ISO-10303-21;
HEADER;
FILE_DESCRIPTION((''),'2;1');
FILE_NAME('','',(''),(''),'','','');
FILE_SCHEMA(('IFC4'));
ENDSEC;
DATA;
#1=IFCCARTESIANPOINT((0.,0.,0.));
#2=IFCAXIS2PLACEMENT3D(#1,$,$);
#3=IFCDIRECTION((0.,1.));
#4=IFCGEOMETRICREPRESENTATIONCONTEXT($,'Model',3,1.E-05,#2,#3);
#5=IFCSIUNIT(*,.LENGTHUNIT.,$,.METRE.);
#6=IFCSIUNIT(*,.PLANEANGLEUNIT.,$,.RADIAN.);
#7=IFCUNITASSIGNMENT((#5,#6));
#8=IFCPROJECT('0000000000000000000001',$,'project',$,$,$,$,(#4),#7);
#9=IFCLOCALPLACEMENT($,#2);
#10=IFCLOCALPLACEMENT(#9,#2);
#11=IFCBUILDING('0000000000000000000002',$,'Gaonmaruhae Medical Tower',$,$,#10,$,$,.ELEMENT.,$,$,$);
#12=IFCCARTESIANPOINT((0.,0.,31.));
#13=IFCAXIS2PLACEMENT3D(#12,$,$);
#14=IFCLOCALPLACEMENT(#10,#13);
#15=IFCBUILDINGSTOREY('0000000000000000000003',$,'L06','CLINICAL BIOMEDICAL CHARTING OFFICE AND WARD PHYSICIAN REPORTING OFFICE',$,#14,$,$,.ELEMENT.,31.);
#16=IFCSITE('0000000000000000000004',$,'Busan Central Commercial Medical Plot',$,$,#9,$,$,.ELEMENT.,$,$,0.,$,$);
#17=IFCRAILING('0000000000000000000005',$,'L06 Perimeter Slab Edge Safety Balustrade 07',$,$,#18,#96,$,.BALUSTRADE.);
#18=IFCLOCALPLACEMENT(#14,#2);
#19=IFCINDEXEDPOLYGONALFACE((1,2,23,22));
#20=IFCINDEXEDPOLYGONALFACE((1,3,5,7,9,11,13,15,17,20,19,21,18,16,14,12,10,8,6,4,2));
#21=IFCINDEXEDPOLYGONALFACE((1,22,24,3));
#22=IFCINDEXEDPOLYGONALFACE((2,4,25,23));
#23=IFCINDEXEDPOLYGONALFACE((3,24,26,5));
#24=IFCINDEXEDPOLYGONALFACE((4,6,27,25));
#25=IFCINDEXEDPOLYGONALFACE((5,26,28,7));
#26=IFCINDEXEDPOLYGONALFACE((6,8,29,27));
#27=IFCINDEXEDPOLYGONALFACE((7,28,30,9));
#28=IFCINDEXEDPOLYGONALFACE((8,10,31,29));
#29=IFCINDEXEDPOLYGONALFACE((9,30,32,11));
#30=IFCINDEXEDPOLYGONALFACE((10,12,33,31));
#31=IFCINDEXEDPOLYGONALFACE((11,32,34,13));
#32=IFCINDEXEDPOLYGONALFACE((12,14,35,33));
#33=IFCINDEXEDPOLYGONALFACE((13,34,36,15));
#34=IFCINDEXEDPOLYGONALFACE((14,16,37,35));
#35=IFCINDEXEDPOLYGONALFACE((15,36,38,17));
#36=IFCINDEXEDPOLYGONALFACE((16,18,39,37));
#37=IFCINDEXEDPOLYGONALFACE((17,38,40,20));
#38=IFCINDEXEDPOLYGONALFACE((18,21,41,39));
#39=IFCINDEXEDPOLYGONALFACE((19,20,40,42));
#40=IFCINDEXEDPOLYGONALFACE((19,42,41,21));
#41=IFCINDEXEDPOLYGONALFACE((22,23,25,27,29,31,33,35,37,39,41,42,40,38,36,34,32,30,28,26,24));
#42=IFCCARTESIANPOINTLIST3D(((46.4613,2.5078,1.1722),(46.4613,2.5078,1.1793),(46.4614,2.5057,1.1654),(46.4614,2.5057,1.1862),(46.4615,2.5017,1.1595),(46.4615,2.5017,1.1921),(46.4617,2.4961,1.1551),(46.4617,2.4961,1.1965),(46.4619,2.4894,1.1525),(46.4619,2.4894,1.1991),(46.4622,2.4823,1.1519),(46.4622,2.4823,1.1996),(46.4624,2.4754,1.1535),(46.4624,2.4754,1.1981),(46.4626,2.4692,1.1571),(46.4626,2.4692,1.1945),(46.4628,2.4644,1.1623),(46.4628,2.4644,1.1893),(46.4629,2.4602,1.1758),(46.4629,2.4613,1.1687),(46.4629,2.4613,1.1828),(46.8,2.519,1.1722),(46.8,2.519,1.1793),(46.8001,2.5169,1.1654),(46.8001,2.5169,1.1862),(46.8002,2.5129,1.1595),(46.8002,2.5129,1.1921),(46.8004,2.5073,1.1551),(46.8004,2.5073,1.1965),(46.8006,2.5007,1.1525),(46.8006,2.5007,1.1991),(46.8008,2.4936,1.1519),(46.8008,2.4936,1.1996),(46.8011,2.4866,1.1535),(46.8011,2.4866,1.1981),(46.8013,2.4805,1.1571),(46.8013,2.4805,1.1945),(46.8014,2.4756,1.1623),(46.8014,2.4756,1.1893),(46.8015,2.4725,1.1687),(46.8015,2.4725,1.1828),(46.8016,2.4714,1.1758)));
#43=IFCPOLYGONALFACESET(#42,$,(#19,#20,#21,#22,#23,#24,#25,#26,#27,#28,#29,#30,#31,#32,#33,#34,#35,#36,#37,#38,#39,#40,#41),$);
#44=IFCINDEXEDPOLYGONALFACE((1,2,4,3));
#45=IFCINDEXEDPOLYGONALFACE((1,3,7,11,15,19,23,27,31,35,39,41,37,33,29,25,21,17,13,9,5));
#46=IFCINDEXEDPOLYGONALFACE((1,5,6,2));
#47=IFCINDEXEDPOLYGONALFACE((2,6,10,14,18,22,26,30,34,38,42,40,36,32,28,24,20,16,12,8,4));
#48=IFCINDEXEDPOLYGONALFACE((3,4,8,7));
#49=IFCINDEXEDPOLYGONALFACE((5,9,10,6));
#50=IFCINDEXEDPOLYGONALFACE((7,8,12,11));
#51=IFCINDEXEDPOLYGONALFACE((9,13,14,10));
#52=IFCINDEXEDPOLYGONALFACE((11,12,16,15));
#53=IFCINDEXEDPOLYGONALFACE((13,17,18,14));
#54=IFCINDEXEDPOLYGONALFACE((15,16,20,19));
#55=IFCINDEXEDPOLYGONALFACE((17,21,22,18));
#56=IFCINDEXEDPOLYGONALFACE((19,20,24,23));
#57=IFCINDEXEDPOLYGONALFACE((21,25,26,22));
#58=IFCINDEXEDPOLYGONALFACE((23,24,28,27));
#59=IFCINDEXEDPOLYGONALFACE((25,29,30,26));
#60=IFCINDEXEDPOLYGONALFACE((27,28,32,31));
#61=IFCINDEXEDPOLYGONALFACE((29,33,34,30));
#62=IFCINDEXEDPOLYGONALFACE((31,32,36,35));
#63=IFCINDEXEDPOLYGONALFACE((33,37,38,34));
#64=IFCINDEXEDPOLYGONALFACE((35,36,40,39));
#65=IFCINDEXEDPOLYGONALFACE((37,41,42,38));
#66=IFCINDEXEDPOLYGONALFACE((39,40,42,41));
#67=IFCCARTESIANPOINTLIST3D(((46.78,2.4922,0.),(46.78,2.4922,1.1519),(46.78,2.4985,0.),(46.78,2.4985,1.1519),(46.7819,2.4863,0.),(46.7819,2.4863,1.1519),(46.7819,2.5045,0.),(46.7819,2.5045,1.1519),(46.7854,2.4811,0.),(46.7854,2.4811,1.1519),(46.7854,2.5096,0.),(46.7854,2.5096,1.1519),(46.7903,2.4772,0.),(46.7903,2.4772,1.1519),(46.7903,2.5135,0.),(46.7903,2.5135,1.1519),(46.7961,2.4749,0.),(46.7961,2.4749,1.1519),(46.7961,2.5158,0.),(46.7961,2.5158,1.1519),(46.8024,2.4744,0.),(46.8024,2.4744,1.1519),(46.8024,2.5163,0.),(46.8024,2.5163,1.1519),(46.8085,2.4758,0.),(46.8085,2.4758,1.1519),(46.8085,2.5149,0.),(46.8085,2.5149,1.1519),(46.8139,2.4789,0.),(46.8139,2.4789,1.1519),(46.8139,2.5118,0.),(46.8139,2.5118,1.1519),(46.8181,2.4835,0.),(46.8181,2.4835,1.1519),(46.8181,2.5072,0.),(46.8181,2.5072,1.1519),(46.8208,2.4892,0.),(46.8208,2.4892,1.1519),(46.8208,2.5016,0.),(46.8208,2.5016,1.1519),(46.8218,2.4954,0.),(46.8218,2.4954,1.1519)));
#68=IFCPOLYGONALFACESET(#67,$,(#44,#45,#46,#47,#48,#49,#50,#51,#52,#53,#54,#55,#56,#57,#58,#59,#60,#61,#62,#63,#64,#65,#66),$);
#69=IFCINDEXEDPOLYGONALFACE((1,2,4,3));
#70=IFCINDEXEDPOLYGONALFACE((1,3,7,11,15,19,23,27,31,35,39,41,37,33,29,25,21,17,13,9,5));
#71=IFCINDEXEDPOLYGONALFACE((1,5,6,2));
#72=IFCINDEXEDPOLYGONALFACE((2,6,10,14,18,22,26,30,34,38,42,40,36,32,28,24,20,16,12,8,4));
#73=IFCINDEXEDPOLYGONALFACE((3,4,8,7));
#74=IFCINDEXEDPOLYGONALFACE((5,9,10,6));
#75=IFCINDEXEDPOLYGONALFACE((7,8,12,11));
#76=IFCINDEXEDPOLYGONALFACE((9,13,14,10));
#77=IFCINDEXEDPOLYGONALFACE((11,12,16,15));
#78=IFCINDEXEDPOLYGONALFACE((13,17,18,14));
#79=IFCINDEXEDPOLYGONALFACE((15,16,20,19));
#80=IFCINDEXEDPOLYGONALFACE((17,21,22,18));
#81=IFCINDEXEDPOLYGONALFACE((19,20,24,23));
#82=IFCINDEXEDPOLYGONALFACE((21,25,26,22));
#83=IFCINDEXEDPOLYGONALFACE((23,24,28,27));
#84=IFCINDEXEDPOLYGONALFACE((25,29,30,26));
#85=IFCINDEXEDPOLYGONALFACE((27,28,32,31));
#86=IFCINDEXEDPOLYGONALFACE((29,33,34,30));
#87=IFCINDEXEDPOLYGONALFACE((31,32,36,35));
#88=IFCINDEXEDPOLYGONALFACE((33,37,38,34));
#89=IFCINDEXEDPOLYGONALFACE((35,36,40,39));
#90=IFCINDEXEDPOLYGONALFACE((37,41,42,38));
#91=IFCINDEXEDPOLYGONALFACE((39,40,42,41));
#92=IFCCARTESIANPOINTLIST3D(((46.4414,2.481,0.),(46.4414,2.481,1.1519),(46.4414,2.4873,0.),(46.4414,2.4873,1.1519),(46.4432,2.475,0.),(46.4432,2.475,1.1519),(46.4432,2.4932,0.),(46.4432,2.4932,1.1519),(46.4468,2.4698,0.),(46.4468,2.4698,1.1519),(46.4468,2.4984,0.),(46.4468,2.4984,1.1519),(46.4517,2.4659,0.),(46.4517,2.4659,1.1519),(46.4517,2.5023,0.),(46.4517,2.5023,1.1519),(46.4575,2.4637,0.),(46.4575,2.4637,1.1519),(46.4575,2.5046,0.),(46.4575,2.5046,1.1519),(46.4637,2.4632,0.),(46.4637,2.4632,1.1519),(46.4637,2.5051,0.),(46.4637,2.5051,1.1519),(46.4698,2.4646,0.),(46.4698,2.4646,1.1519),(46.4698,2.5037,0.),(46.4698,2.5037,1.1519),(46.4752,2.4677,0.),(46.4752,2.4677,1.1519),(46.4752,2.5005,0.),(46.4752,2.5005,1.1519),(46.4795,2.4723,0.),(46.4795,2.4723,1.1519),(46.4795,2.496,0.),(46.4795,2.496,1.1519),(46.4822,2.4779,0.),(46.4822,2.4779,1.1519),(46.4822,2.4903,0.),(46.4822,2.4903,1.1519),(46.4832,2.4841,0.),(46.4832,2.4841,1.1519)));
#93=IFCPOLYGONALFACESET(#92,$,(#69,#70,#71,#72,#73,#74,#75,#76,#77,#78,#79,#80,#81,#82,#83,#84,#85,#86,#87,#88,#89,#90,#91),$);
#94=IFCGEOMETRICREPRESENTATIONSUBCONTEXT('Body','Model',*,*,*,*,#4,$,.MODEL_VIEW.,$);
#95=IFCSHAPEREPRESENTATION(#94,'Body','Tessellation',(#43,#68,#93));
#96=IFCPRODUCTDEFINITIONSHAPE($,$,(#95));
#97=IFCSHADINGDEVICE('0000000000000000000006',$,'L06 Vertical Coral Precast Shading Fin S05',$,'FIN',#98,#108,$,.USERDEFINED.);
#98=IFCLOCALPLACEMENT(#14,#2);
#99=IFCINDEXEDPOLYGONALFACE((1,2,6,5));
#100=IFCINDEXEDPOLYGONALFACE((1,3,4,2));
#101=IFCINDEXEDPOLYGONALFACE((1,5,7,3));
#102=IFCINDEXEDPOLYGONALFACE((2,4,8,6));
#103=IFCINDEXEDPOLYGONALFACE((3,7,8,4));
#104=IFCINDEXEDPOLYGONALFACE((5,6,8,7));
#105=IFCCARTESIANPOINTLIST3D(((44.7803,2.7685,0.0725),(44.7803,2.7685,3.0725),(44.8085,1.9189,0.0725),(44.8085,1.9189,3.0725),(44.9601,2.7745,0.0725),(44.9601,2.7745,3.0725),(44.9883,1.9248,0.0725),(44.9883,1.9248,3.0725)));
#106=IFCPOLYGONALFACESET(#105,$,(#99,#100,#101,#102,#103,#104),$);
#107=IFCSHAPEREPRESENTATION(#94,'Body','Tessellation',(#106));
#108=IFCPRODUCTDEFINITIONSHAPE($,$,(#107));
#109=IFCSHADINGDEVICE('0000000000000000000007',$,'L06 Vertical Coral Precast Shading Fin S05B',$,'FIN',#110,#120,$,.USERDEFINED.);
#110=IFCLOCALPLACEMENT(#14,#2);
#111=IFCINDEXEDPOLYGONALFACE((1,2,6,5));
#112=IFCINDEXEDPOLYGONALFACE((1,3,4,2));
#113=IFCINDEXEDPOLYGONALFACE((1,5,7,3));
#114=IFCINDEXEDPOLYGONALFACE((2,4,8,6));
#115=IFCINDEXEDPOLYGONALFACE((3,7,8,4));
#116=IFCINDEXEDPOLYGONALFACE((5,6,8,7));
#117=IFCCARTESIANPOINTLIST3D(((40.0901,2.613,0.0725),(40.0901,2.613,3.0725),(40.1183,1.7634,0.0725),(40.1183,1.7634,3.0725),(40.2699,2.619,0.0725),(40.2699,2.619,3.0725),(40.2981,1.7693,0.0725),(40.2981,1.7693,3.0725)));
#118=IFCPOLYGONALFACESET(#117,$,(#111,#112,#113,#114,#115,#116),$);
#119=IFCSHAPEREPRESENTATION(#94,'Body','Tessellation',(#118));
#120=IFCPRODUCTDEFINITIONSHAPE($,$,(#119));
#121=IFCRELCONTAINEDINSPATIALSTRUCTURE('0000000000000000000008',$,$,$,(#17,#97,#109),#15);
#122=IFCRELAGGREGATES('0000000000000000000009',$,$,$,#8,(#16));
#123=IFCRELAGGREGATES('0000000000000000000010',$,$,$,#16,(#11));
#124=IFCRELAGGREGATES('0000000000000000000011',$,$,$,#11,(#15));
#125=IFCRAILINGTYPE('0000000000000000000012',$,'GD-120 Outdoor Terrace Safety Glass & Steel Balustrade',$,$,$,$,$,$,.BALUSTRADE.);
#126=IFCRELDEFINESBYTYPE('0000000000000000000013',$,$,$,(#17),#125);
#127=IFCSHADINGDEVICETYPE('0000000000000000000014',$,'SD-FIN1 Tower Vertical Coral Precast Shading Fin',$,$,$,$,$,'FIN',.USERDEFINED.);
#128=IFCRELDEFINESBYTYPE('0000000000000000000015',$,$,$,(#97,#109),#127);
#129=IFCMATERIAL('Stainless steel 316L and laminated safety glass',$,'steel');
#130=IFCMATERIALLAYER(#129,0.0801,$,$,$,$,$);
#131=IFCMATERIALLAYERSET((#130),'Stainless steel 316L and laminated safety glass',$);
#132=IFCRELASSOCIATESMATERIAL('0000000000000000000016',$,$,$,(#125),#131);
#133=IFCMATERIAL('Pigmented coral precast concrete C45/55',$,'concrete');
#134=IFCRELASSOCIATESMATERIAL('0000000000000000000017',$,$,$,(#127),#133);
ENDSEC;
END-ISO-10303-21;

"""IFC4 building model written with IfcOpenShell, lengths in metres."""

from ifc_helpers import new_model, si_unit, direction, frame, origin, origin_2d, place, context, subcontext, project, spatial, rectangle, circle, extrude, material, layer, layer_set, type_object, element, save


model = new_model("IFC4")

# Units and contexts
model_context = context("Model", 3, precision=1e-05, world=origin(), true_north=direction((0.0, 1.0)))
body_context = subcontext(model_context, "Body", "Model", "MODEL_VIEW")
ifc_project = project(units=[si_unit("LENGTHUNIT", "METRE"), si_unit("PLANEANGLEUNIT", "RADIAN")], contexts=[model_context])

# Site, building, storey
site_placement = place(None, origin())
site = spatial("IfcSite", under=ifc_project, at=site_placement, Name="Busan Central Commercial Medical Plot", CompositionType="ELEMENT", RefElevation=0.0)
building_placement = place(site_placement, origin())
building = spatial("IfcBuilding", under=site, at=building_placement, Name="Gaonmaruhae Medical Tower", CompositionType="ELEMENT")
storey_placement = place(building_placement, frame((0.0, 0.0, 31.0)))
storey = spatial("IfcBuildingStorey", under=building, at=storey_placement, Name="L06", Description="CLINICAL BIOMEDICAL CHARTING OFFICE AND WARD PHYSICIAN REPORTING OFFICE", CompositionType="ELEMENT", Elevation=31.0)

# Railing
ifc_material_1 = material(Name="Stainless steel 316L and laminated safety glass", Category="steel")
ifc_layer_1 = layer(ifc_material_1, 0.0801)
ifc_layer_set_1 = layer_set([ifc_layer_1], Name="Stainless steel 316L and laminated safety glass")
railing_type = type_object("IfcRailingType", Name="GD-120 Outdoor Terrace Safety Glass & Steel Balustrade", PredefinedType="BALUSTRADE", material=ifc_layer_set_1)
railing_placement = place(storey_placement, frame((46.8008, 2.4954, 0.0)))
element("IfcRailing", 1, at=railing_placement, inside=storey, type_object=railing_type, Name="L06 Perimeter Slab Edge Safety Balustrade 07", PredefinedType="BALUSTRADE", context=body_context, shape_type="SweptSolid", body=[
    extrude(circle(Radius=0.0239, at=origin_2d()), frame((0.0, 0.0, 1.1758), z_axis=(-0.99945, -0.033147, 0.0), x_axis=(0.033147, -0.99945, 0.0)), (0.0, 0.0, 1.0), 0.3389),
    extrude(circle(Radius=0.021, at=origin_2d()), origin(), (0.0, 0.0, 1.0), 1.1519),
    extrude(circle(Radius=0.021, at=origin_2d()), frame((-0.3386, -0.0112, 0.0)), (0.0, 0.0, 1.0), 1.1519),
])

# Shading devices
ifc_material_2 = material(Name="Pigmented coral precast concrete C45/55", Category="concrete")
shading_device_type = type_object("IfcShadingDeviceType", Name="SD-FIN1 Tower Vertical Coral Precast Shading Fin", ElementType="FIN", PredefinedType="USERDEFINED", material=ifc_material_2)
for number, where, z_axis, x_axis, name in (
    (2, (44.8843, 2.3467, 0.0725), (0.0, 0.0, 1.0), (-0.99945, -0.033155, 0.0), "L06 Vertical Coral Precast Shading Fin S05"),
    (3, (40.1941, 2.1912, 0.0725), (0.0, 0.0, 1.0), (-0.99945, -0.033155, 0.0), "L06 Vertical Coral Precast Shading Fin S05B"),
):
    element("IfcShadingDevice", number, at=place(storey_placement, frame(where, z_axis=z_axis, x_axis=x_axis)), inside=storey, type_object=shading_device_type, Name=name, ObjectType="FIN", PredefinedType="USERDEFINED", context=body_context, shape_type="SweptSolid", body=[
        extrude(rectangle(XDim=0.1799, YDim=0.8501, at=origin_2d()), origin(), (0.0, 0.0, 1.0), 3.0),
    ])

save(model, "model.ifc")
